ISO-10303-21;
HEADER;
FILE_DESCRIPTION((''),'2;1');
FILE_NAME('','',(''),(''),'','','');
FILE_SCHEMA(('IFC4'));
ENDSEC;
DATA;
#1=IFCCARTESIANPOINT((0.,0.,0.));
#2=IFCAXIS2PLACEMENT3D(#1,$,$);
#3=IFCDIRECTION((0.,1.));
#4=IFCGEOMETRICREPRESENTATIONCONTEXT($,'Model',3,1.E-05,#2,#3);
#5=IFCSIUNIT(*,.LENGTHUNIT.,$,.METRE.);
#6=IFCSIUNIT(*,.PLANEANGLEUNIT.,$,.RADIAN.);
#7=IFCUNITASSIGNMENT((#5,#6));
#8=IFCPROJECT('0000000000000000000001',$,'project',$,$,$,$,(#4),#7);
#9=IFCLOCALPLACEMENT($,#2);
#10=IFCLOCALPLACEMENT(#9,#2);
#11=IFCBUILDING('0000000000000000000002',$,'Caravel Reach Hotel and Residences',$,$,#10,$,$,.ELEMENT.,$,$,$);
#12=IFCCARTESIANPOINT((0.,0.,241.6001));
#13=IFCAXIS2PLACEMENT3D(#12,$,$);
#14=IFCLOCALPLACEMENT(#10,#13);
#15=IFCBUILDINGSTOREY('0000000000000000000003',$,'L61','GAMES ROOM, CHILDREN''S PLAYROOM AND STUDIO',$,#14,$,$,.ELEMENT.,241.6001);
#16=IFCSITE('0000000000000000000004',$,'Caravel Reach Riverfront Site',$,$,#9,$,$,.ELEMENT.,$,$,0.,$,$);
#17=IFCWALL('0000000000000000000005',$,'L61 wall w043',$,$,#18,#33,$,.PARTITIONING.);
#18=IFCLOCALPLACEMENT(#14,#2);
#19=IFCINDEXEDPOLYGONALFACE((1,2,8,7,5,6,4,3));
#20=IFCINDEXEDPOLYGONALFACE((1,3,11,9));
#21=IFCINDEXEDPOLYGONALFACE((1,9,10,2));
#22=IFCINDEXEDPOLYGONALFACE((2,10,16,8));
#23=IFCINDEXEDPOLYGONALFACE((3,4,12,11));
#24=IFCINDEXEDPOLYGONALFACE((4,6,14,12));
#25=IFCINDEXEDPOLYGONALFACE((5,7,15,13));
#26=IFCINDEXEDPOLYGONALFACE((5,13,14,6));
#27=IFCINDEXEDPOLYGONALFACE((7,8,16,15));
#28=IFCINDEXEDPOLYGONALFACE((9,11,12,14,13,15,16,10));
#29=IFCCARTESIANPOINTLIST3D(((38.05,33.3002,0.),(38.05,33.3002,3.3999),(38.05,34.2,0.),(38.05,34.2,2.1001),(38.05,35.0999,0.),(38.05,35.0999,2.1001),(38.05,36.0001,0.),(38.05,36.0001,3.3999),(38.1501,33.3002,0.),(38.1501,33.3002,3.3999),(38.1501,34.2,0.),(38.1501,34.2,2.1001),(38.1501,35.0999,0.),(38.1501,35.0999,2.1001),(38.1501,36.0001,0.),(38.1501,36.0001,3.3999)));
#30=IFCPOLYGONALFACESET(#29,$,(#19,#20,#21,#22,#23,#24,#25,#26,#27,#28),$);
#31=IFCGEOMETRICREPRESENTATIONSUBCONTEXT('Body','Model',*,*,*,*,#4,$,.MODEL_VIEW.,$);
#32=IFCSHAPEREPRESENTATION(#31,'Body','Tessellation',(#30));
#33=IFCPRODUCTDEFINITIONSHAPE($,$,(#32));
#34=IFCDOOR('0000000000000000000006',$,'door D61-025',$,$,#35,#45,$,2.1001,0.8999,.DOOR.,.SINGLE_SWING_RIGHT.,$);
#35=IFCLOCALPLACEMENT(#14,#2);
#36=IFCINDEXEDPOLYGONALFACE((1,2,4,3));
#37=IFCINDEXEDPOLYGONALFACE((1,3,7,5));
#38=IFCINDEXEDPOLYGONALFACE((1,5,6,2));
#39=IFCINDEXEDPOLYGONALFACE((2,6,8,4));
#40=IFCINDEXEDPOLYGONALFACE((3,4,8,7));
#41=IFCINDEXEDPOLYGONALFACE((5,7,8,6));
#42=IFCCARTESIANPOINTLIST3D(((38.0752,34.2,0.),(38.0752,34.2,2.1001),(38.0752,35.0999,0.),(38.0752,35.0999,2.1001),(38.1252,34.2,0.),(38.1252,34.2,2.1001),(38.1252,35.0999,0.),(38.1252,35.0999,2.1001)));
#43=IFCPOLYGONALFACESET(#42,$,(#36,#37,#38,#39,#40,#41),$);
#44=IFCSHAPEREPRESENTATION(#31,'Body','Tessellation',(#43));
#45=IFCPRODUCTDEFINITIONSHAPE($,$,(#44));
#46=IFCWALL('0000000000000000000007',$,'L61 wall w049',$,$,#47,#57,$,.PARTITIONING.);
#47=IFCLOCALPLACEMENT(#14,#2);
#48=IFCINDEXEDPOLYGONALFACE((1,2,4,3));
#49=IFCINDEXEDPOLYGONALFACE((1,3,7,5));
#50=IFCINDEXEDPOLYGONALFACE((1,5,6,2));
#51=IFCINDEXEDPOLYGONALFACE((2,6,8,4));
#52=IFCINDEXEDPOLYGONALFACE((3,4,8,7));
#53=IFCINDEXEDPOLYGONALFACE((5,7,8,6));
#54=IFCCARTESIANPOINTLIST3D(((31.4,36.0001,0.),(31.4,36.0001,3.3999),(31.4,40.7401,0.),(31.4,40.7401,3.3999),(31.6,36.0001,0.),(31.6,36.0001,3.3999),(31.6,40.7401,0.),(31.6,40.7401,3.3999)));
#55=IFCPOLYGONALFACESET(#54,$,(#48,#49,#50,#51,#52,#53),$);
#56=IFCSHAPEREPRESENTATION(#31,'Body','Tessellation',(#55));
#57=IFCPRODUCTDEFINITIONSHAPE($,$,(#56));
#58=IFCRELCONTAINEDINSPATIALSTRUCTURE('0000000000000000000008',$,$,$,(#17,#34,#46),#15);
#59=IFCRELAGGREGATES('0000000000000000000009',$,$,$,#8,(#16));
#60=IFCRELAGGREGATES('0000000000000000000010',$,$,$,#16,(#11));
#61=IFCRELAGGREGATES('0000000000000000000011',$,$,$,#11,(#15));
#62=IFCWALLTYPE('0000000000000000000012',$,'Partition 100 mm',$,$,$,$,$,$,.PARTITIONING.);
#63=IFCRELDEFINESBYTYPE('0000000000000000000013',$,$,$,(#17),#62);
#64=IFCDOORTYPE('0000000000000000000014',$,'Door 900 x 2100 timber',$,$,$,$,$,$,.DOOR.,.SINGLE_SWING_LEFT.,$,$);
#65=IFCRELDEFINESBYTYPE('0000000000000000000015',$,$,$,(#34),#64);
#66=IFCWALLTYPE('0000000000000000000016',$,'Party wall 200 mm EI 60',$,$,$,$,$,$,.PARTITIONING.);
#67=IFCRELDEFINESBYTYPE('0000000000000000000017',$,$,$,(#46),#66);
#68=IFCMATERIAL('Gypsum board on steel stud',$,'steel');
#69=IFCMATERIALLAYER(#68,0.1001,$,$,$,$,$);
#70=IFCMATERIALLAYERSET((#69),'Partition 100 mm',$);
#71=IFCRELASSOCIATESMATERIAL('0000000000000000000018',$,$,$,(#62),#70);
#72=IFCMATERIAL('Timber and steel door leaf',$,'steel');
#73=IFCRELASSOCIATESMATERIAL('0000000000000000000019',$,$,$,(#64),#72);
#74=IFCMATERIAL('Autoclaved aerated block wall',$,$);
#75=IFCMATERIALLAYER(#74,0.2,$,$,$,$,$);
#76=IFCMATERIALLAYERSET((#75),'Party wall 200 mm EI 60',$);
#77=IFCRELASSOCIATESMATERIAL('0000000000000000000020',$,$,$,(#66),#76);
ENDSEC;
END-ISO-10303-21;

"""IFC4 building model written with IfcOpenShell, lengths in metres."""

from ifc_helpers import new_model, si_unit, direction, frame, frame_2d, origin, place, context, subcontext, project, spatial, rectangle, extrude, material, layer, layer_set, type_object, element, fill, save


model = new_model("IFC4")

# Units and contexts
model_context = context("Model", 3, precision=1e-05, world=origin(), true_north=direction((0.0, 1.0)))
body_context = subcontext(model_context, "Body", "Model", "MODEL_VIEW")
ifc_project = project(units=[si_unit("LENGTHUNIT", "METRE"), si_unit("PLANEANGLEUNIT", "RADIAN")], contexts=[model_context])

# Site, building, storey
site_placement = place(None, origin())
site = spatial("IfcSite", under=ifc_project, at=site_placement, Name="Caravel Reach Riverfront Site", CompositionType="ELEMENT", RefElevation=0.0)
building_placement = place(site_placement, origin())
building = spatial("IfcBuilding", under=site, at=building_placement, Name="Caravel Reach Hotel and Residences", CompositionType="ELEMENT")
storey_placement = place(building_placement, frame((0.0, 0.0, 241.6001)))
storey = spatial("IfcBuildingStorey", under=building, at=storey_placement, Name="L61", Description="GAMES ROOM, CHILDREN'S PLAYROOM AND STUDIO", CompositionType="ELEMENT", Elevation=241.6001)

# Shared definitions
ifc_material_1 = material(Name="Gypsum board on steel stud", Category="steel")
ifc_layer_1 = layer(ifc_material_1, 0.1001)
ifc_layer_set_1 = layer_set([ifc_layer_1], Name="Partition 100 mm")
wall_type_1 = type_object("IfcWallType", Name="Partition 100 mm", PredefinedType="PARTITIONING", material=ifc_layer_set_1)

# Wall, opening, door
ifc_material_2 = material(Name="Timber and steel door leaf", Category="steel")
door_type_1 = type_object("IfcDoorType", Name="Door 900 x 2100 timber", OperationType="SINGLE_SWING_LEFT", PredefinedType="DOOR", material=ifc_material_2)
wall_1_placement = place(storey_placement, frame((38.1001, 33.3, 0.0), z_axis=(0.0, 0.0, 1.0), x_axis=(0.0, 1.0, 0.0)))
wall_1 = element("IfcWall", 1, at=wall_1_placement, inside=storey, type_object=wall_type_1, Name="L61 wall w043", PredefinedType="PARTITIONING", context=body_context, shape_type="SweptSolid", body=[
    extrude(rectangle(XDim=2.7, YDim=0.1001, at=frame_2d((1.3501, 0.0))), origin(), (0.0, 0.0, 1.0), 3.3999),
])
opening_1_placement = place(wall_1_placement, frame((0.8999, 0.0, 0.0)))
opening_1 = element("IfcOpeningElement", 2, at=opening_1_placement, cuts=wall_1, PredefinedType="OPENING", context=body_context, shape_type="SweptSolid", body=[
    extrude(rectangle(XDim=0.8999, YDim=2.1001, at=frame_2d((0.45, 1.05))), frame((0.0, 0.0601, 0.0), z_axis=(0.0, -1.0, 0.0), x_axis=(1.0, 0.0, 0.0)), (0.0, 0.0, 1.0), 0.1201),
])
door_1_placement = place(opening_1_placement, origin())
door_1 = element("IfcDoor", 3, at=door_1_placement, inside=storey, type_object=door_type_1, Name="door D61-025", OperationType="SINGLE_SWING_RIGHT", OverallHeight=2.1001, OverallWidth=0.8999, PredefinedType="DOOR", context=body_context, shape_type="SweptSolid", body=[
    extrude(rectangle(XDim=0.8999, YDim=2.1001, at=frame_2d((0.45, 1.05))), frame((0.0, 0.0249, 0.0), z_axis=(0.0, -1.0, 0.0), x_axis=(1.0, 0.0, 0.0)), (0.0, 0.0, 1.0), 0.05),
])
fill(opening_1, door_1)

# Wall
ifc_material_3 = material(Name="Autoclaved aerated block wall")
ifc_layer_2 = layer(ifc_material_3, 0.2)
ifc_layer_set_2 = layer_set([ifc_layer_2], Name="Party wall 200 mm EI 60")
wall_type_2 = type_object("IfcWallType", Name="Party wall 200 mm EI 60", PredefinedType="PARTITIONING", material=ifc_layer_set_2)
wall_2_placement = place(storey_placement, frame((31.5, 36.0, 0.0), z_axis=(0.0, 0.0, 1.0), x_axis=(0.0, 1.0, 0.0)))
element("IfcWall", 4, at=wall_2_placement, inside=storey, type_object=wall_type_2, Name="L61 wall w049", PredefinedType="PARTITIONING", context=body_context, shape_type="SweptSolid", body=[
    extrude(rectangle(XDim=4.74, YDim=0.2, at=frame_2d((2.3701, 0.0))), origin(), (0.0, 0.0, 1.0), 3.3999),
])

save(model, "model.ifc")
